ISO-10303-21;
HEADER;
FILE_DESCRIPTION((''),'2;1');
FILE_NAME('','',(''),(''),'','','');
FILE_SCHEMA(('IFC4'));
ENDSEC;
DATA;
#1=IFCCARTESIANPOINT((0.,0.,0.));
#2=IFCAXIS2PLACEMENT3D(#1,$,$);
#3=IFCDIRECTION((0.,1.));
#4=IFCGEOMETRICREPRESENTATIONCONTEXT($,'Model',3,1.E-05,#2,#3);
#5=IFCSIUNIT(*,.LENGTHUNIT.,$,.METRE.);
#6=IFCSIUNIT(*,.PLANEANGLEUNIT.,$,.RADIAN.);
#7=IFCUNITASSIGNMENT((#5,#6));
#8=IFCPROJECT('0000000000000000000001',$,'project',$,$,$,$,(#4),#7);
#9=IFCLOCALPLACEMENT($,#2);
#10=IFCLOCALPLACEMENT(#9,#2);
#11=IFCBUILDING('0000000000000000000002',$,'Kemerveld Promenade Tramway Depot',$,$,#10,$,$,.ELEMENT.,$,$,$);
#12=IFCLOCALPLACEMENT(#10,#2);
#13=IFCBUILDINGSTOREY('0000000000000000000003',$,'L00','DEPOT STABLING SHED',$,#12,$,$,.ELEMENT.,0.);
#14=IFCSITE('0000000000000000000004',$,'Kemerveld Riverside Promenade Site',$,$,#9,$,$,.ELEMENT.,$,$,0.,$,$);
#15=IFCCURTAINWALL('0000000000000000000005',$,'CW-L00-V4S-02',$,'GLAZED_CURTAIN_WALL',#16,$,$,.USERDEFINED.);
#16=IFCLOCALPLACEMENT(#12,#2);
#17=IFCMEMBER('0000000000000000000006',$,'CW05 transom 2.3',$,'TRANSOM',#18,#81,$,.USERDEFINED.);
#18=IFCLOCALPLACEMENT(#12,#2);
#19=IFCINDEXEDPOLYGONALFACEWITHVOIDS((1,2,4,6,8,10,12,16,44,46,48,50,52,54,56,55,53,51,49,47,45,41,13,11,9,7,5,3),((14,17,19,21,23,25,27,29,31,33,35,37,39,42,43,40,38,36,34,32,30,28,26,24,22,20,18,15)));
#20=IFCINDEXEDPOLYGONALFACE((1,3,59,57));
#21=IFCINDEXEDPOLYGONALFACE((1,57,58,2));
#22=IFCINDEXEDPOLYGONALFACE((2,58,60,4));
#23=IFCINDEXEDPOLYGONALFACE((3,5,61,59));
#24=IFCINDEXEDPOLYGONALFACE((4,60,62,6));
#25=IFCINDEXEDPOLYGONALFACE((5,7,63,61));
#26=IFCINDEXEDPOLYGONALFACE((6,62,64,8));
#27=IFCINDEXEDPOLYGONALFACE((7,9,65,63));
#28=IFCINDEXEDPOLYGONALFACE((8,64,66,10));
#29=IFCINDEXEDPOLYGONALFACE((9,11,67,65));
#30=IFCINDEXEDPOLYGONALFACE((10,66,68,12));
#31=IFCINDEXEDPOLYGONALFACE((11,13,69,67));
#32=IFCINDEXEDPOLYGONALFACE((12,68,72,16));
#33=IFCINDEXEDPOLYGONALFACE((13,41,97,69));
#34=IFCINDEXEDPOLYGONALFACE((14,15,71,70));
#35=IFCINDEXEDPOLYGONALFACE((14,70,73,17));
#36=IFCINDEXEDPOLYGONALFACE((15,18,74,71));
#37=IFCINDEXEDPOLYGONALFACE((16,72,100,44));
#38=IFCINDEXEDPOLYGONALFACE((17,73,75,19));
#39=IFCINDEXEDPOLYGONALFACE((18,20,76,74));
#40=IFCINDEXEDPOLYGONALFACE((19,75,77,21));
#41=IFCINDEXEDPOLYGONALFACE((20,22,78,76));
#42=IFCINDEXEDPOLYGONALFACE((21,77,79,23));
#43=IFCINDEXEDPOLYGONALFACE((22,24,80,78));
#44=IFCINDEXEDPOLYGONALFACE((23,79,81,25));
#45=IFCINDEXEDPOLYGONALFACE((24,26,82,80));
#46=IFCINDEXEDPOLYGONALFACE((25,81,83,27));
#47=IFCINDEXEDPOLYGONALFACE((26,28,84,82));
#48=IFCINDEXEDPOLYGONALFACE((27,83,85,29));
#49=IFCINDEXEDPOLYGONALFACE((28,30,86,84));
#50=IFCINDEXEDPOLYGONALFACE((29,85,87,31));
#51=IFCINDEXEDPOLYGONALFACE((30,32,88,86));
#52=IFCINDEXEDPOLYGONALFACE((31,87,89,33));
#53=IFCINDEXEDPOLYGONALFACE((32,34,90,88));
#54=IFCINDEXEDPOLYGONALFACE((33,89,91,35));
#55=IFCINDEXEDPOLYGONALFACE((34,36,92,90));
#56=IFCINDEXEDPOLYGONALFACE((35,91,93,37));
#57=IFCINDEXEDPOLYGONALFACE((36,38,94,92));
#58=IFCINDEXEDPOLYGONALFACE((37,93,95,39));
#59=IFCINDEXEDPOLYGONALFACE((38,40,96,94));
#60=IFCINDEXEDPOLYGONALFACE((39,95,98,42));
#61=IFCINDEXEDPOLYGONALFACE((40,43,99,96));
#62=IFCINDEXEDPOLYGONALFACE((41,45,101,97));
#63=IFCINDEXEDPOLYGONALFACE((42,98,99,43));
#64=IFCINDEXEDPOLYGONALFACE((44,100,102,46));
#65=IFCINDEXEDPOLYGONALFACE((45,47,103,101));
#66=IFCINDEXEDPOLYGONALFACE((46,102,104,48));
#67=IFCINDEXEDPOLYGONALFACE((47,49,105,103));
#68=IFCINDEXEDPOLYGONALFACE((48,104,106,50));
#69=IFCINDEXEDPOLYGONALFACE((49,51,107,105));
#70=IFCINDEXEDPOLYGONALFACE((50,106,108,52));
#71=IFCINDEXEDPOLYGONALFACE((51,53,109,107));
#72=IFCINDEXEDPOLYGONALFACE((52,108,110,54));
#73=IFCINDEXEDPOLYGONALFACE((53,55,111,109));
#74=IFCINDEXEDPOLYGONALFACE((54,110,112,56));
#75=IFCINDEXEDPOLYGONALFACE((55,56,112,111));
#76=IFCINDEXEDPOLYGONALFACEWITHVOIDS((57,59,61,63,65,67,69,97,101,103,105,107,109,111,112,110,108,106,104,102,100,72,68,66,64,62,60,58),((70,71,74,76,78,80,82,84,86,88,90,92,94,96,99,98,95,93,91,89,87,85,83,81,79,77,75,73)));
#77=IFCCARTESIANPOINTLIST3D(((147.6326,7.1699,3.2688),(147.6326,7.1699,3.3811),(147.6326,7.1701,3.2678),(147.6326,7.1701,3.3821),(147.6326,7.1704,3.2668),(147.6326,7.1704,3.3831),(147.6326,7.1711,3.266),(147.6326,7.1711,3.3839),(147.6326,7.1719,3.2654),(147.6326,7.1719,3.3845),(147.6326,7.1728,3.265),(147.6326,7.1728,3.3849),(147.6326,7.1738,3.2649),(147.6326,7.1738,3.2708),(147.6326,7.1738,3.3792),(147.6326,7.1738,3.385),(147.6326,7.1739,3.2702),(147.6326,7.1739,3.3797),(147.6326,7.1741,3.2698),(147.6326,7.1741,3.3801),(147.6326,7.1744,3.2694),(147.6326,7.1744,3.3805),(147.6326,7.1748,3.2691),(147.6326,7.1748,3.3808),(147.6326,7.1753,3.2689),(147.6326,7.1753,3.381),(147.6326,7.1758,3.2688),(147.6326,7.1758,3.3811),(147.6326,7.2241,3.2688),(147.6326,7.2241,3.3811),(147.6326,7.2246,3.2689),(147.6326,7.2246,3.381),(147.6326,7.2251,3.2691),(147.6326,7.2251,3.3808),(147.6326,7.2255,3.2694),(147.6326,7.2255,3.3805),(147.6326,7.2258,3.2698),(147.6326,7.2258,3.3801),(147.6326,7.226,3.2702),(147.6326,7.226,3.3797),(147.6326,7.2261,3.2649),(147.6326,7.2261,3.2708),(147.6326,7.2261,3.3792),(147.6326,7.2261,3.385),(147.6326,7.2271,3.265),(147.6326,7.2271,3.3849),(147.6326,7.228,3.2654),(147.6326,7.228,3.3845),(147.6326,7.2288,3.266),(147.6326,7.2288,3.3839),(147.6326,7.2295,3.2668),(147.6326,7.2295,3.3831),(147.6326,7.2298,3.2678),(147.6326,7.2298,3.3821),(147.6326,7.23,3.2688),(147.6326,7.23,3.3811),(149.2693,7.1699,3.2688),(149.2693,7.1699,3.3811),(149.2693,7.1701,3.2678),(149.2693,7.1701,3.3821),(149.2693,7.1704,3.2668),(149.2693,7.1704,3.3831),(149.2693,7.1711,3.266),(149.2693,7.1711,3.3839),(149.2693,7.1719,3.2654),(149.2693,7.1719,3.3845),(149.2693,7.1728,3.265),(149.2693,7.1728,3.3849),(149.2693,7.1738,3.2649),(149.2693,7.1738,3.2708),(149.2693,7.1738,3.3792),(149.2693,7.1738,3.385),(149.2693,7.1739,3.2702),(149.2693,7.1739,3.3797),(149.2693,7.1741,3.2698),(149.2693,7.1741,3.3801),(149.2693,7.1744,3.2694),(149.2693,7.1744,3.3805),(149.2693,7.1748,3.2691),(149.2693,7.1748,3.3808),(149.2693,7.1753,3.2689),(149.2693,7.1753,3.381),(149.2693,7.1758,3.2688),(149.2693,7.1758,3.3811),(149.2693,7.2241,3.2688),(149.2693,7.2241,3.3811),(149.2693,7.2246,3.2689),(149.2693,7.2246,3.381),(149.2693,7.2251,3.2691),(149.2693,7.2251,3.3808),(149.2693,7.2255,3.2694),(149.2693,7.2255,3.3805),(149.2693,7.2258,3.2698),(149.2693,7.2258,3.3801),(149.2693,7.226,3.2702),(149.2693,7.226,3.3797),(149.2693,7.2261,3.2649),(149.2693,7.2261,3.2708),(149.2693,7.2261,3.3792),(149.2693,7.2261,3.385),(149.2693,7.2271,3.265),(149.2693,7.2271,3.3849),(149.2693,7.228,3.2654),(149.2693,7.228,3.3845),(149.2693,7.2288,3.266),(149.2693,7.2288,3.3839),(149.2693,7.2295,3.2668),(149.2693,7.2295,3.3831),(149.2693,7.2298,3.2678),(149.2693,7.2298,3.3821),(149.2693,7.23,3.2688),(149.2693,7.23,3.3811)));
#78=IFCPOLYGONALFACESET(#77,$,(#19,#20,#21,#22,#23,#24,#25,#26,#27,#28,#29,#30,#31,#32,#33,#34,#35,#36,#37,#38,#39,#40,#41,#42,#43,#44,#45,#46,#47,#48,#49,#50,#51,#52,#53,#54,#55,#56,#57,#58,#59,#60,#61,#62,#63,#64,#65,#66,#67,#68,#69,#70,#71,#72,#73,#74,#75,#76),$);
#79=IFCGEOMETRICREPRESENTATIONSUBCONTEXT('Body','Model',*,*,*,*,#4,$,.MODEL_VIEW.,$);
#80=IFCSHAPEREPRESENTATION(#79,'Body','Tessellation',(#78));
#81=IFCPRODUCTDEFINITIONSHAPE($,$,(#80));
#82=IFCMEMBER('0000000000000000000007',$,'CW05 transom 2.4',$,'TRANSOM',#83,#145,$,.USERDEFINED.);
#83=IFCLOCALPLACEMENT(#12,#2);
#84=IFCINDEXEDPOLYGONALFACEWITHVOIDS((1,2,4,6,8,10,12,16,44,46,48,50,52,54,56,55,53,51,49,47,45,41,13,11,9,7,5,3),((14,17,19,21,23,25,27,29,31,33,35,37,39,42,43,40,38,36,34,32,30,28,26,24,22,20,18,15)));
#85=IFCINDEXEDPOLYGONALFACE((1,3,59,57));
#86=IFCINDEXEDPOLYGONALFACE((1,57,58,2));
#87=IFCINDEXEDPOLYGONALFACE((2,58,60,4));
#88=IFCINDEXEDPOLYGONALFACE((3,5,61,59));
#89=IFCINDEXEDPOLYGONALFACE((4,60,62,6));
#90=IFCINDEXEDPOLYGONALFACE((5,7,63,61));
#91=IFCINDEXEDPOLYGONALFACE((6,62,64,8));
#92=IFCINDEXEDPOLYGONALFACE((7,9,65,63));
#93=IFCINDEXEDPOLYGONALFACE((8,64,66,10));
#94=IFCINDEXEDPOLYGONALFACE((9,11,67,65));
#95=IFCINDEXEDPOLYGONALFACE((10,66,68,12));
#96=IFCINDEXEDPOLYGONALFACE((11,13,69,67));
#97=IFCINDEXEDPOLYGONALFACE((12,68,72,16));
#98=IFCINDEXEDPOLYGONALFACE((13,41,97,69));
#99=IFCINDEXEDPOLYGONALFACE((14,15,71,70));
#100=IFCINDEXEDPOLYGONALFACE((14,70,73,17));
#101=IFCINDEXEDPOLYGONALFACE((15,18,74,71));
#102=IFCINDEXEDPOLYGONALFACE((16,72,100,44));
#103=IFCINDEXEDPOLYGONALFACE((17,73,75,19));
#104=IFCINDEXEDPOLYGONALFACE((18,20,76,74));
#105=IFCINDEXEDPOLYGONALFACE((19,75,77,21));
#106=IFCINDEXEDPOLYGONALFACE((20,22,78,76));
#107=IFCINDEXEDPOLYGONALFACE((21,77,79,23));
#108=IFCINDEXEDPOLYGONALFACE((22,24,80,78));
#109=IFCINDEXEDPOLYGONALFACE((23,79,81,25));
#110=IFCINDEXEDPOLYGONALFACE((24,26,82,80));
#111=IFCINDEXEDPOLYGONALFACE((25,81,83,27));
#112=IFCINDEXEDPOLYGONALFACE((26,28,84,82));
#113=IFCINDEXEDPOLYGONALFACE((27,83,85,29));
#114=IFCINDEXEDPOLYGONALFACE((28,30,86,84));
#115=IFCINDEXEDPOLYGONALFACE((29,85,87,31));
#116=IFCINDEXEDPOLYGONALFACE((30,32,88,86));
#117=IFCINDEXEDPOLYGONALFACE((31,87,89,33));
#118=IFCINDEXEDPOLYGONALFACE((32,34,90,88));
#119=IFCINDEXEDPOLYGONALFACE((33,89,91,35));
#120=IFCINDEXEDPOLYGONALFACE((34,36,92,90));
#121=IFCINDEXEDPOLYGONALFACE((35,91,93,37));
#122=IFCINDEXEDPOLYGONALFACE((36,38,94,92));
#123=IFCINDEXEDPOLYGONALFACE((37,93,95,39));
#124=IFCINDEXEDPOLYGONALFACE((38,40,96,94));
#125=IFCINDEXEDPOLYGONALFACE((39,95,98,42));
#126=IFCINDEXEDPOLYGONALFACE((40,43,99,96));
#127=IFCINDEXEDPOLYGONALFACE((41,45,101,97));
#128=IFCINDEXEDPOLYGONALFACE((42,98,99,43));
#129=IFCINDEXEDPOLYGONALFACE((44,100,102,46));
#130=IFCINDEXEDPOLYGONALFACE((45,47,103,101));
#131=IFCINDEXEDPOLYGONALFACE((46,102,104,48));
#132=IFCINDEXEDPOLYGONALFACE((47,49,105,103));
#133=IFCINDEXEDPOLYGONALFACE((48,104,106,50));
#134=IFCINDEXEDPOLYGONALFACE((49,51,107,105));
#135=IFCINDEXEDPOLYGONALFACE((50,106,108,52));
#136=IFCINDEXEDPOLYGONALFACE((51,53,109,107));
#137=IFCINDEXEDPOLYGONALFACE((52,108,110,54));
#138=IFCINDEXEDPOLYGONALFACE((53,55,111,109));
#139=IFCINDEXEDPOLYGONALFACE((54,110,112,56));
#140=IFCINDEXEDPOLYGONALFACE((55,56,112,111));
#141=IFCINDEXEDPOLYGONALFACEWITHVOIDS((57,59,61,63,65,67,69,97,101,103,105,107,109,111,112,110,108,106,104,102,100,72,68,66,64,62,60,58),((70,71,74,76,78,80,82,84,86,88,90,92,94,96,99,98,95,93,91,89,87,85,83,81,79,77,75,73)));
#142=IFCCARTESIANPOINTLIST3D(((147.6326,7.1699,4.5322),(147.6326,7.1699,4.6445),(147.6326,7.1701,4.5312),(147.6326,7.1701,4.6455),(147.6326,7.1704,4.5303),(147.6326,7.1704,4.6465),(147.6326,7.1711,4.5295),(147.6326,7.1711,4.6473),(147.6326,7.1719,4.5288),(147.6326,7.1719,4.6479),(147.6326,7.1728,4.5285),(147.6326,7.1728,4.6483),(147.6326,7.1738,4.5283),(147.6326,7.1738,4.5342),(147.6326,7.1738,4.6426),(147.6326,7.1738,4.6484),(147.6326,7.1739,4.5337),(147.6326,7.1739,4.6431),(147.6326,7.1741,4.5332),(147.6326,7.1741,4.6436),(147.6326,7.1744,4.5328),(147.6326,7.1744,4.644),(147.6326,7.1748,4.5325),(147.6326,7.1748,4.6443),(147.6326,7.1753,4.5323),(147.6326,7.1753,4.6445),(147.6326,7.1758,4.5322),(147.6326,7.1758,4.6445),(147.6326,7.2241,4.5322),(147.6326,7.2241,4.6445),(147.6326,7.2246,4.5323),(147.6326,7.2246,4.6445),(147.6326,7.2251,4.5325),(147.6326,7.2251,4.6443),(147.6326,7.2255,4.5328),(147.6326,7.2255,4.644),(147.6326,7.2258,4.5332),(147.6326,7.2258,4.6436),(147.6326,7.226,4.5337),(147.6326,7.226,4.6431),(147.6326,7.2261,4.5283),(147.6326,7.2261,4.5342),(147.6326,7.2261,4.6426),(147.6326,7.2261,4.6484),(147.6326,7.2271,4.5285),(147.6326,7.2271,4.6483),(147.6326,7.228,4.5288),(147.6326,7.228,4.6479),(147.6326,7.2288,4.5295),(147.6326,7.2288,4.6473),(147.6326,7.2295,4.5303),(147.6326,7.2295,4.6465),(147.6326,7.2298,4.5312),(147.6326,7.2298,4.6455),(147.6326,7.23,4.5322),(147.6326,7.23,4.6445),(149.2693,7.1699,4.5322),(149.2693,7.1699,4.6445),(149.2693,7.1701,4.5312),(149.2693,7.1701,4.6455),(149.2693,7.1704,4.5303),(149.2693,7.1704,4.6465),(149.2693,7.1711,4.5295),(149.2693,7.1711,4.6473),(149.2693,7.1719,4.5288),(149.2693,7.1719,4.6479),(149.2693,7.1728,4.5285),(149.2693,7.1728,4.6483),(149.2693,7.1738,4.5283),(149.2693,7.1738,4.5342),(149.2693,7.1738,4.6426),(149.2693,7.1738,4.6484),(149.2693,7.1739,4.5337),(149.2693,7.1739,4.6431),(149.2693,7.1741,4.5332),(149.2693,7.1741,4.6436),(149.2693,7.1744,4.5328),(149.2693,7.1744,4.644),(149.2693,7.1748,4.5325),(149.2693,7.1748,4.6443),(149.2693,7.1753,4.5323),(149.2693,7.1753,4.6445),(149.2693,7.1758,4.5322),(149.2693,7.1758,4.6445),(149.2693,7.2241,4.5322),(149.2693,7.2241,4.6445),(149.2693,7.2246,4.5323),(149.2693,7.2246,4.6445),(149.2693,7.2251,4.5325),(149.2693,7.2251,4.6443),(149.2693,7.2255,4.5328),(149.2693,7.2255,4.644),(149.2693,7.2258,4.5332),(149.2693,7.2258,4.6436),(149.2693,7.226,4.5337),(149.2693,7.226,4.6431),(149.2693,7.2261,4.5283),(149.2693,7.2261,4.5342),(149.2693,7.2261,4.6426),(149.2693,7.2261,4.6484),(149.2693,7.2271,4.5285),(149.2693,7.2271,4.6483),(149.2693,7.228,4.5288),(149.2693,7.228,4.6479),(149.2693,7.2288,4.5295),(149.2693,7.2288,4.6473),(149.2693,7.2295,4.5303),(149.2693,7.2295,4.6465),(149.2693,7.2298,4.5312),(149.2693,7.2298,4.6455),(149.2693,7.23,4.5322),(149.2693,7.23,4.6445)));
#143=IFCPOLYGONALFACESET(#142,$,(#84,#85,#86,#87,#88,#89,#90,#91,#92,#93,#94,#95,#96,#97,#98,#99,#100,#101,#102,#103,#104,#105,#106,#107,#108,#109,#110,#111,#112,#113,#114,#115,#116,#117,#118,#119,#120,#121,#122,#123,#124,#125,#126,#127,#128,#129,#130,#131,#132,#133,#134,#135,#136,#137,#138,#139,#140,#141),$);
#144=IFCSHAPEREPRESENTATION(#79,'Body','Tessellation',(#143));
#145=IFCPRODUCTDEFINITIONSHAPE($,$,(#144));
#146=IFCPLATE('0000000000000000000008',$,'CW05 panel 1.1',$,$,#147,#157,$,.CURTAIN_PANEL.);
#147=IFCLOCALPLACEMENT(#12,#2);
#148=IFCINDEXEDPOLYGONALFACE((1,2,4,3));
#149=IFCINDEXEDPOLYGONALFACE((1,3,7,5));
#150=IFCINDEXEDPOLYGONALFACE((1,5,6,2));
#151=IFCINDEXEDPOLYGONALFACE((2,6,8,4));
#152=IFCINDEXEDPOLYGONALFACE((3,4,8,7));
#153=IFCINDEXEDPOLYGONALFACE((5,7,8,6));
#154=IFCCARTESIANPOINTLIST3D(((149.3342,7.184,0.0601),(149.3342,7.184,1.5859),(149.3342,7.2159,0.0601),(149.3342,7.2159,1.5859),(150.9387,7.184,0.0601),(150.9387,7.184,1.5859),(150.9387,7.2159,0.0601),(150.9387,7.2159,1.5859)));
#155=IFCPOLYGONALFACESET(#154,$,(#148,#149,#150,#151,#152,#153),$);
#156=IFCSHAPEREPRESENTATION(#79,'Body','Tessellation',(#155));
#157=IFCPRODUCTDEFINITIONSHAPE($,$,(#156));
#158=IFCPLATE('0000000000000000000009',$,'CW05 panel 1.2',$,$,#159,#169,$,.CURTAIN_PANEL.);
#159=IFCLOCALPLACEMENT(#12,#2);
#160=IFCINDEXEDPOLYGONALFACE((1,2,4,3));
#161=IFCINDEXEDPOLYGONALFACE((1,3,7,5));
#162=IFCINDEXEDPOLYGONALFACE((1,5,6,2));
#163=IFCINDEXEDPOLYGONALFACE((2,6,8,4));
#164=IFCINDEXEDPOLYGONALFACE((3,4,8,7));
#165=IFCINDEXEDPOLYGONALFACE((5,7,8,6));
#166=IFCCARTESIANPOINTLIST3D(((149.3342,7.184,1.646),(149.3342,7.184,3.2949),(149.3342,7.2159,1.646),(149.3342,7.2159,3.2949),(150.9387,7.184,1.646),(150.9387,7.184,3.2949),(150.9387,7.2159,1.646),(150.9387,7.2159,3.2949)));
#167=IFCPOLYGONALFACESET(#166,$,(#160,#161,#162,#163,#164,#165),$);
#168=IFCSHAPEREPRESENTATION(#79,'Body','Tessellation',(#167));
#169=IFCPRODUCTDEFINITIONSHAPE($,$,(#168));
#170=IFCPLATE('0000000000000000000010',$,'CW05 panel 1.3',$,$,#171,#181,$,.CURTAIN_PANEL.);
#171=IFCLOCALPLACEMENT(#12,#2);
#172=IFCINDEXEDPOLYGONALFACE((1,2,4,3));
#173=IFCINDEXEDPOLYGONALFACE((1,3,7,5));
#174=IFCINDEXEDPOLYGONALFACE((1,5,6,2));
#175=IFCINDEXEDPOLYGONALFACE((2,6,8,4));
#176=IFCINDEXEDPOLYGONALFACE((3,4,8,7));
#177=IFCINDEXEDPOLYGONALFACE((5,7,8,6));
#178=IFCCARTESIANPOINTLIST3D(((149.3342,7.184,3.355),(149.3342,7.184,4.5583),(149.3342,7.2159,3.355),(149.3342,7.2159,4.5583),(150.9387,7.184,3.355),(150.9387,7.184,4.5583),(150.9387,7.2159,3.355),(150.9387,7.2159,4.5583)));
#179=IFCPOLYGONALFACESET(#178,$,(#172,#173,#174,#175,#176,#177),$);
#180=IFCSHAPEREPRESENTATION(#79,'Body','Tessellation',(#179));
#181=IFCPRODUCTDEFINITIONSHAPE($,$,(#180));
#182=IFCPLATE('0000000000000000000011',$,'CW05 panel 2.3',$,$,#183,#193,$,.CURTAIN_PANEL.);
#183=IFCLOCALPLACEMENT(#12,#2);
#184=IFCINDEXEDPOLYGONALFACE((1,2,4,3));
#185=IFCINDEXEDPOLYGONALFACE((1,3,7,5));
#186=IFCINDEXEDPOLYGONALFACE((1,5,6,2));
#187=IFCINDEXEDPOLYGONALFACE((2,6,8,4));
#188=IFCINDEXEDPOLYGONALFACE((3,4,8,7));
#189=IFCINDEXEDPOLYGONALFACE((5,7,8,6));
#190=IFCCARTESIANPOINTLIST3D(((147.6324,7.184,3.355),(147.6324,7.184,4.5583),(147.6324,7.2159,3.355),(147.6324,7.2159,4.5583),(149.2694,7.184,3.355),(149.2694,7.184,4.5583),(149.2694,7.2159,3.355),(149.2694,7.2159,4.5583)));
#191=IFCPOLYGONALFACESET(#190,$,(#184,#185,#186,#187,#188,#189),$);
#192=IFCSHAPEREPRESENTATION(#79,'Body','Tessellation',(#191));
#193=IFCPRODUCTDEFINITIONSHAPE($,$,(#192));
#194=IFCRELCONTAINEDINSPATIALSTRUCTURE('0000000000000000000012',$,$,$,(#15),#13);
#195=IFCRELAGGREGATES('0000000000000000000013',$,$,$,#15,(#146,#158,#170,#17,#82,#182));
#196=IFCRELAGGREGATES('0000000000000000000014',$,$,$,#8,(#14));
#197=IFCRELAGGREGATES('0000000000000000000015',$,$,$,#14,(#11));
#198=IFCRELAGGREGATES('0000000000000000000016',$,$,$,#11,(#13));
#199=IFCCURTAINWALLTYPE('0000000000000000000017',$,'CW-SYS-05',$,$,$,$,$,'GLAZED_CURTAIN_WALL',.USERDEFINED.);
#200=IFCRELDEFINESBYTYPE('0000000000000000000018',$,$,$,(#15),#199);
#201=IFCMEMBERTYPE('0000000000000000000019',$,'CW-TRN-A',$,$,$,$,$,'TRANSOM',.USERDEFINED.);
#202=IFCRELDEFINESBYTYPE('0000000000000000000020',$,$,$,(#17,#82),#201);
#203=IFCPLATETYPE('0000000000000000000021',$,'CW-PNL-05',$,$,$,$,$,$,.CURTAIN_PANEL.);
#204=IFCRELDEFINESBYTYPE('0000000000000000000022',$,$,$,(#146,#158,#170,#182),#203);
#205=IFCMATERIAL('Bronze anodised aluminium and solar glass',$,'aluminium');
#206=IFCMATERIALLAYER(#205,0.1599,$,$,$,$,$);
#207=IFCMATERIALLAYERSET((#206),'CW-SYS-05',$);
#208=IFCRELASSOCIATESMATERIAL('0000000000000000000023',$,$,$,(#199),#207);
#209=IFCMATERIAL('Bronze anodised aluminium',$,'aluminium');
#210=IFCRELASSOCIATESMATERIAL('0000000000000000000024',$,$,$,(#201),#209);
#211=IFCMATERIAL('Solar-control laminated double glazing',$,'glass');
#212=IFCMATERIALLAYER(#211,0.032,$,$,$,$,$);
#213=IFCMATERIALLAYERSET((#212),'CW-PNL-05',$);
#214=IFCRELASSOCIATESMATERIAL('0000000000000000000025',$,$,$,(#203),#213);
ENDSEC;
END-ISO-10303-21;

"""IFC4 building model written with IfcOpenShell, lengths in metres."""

from ifc_helpers import new_model, si_unit, direction, frame, origin, origin_2d, place, context, subcontext, project, spatial, rectangle, hollow_rectangle, extrude, material, layer, layer_set, material_profile, profile_set, type_object, element, aggregate, save


model = new_model("IFC4")

# Units and contexts
model_context = context("Model", 3, precision=1e-05, world=origin(), true_north=direction((0.0, 1.0)))
body_context = subcontext(model_context, "Body", "Model", "MODEL_VIEW")
ifc_project = project(units=[si_unit("LENGTHUNIT", "METRE"), si_unit("PLANEANGLEUNIT", "RADIAN")], contexts=[model_context])

# Site, building, storey
site_placement = place(None, origin())
site = spatial("IfcSite", under=ifc_project, at=site_placement, Name="Kemerveld Riverside Promenade Site", CompositionType="ELEMENT", RefElevation=0.0)
building_placement = place(site_placement, origin())
building = spatial("IfcBuilding", under=site, at=building_placement, Name="Kemerveld Promenade Tramway Depot", CompositionType="ELEMENT")
storey_placement = place(building_placement, origin())
storey = spatial("IfcBuildingStorey", under=building, at=storey_placement, Name="L00", Description="DEPOT STABLING SHED", CompositionType="ELEMENT", Elevation=0.0)

# Curtain wall, members, plates
ifc_material_1 = material(Name="Bronze anodised aluminium and solar glass", Category="aluminium")
ifc_layer_1 = layer(ifc_material_1, 0.1599)
ifc_layer_set_1 = layer_set([ifc_layer_1], Name="CW-SYS-05")
curtain_wall_type = type_object("IfcCurtainWallType", Name="CW-SYS-05", ElementType="GLAZED_CURTAIN_WALL", PredefinedType="USERDEFINED", material=ifc_layer_set_1)
curtain_wall_placement = place(storey_placement, origin())
curtain_wall = element("IfcCurtainWall", 1, at=curtain_wall_placement, inside=storey, type_object=curtain_wall_type, Name="CW-L00-V4S-02", ObjectType="GLAZED_CURTAIN_WALL", PredefinedType="USERDEFINED")
ifc_material_2 = material(Name="Bronze anodised aluminium", Category="aluminium")
ifc_material_profile_1 = material_profile(ifc_material_2, hollow_rectangle(XDim=0.0601, YDim=0.1201, WallThickness=0.0039, InnerFilletRadius=0.002, OuterFilletRadius=0.0039, at=origin_2d()), Name="CW-TRN-120x60")
ifc_profile_set_1 = profile_set([ifc_material_profile_1], Name="Bronze anodised aluminium")
member_type_1 = type_object("IfcMemberType", Name="CW-TRN-A", ElementType="TRANSOM", PredefinedType="USERDEFINED", material=ifc_profile_set_1)
member_1_placement = place(storey_placement, frame((149.2693, 7.2, 3.325), z_axis=(-1.0, 0.0, 0.0), x_axis=(0.0, -1.0, 0.0)))
member_1 = element("IfcMember", 2, at=member_1_placement, type_object=member_type_1, Name="CW05 transom 2.3", ObjectType="TRANSOM", PredefinedType="USERDEFINED", context=body_context, shape_type="SweptSolid", body=[
    extrude(hollow_rectangle(XDim=0.0601, YDim=0.1201, WallThickness=0.0039, InnerFilletRadius=0.002, OuterFilletRadius=0.0039, at=origin_2d()), origin(), (0.0, 0.0, 1.0), 1.6367),
])
member_2_placement = place(storey_placement, frame((149.2693, 7.2, 4.5884), z_axis=(-1.0, 0.0, 0.0), x_axis=(0.0, -1.0, 0.0)))
member_2 = element("IfcMember", 3, at=member_2_placement, type_object=member_type_1, Name="CW05 transom 2.4", ObjectType="TRANSOM", PredefinedType="USERDEFINED", context=body_context, shape_type="SweptSolid", body=[
    extrude(hollow_rectangle(XDim=0.0601, YDim=0.1201, WallThickness=0.0039, InnerFilletRadius=0.002, OuterFilletRadius=0.0039, at=origin_2d()), origin(), (0.0, 0.0, 1.0), 1.6367),
])
ifc_material_3 = material(Name="Solar-control laminated double glazing", Category="glass")
ifc_layer_2 = layer(ifc_material_3, 0.032)
ifc_layer_set_2 = layer_set([ifc_layer_2], Name="CW-PNL-05")
plate_type_1 = type_object("IfcPlateType", Name="CW-PNL-05", PredefinedType="CURTAIN_PANEL", material=ifc_layer_set_2)
plate_1_placement = place(storey_placement, frame((150.1365, 7.2, 0.0601), z_axis=(0.0, 0.0, 1.0), x_axis=(-1.0, 0.0, 0.0)))
plate_1 = element("IfcPlate", 4, at=plate_1_placement, type_object=plate_type_1, Name="CW05 panel 1.1", PredefinedType="CURTAIN_PANEL", context=body_context, shape_type="SweptSolid", body=[
    extrude(rectangle(XDim=1.6045, YDim=0.032, at=origin_2d()), origin(), (0.0, 0.0, 1.0), 1.5259),
])
plate_2_placement = place(storey_placement, frame((150.1365, 7.2, 1.646), z_axis=(0.0, 0.0, 1.0), x_axis=(-1.0, 0.0, 0.0)))
plate_2 = element("IfcPlate", 5, at=plate_2_placement, type_object=plate_type_1, Name="CW05 panel 1.2", PredefinedType="CURTAIN_PANEL", context=body_context, shape_type="SweptSolid", body=[
    extrude(rectangle(XDim=1.6045, YDim=0.032, at=origin_2d()), origin(), (0.0, 0.0, 1.0), 1.6489),
])
plate_3_placement = place(storey_placement, frame((150.1365, 7.2, 3.355), z_axis=(0.0, 0.0, 1.0), x_axis=(-1.0, 0.0, 0.0)))
plate_3 = element("IfcPlate", 6, at=plate_3_placement, type_object=plate_type_1, Name="CW05 panel 1.3", PredefinedType="CURTAIN_PANEL", context=body_context, shape_type="SweptSolid", body=[
    extrude(rectangle(XDim=1.6045, YDim=0.032, at=origin_2d()), origin(), (0.0, 0.0, 1.0), 1.2034),
])
plate_4_placement = place(storey_placement, frame((148.4509, 7.2, 3.355), z_axis=(0.0, 0.0, 1.0), x_axis=(-1.0, 0.0, 0.0)))
plate_4 = element("IfcPlate", 7, at=plate_4_placement, type_object=plate_type_1, Name="CW05 panel 2.3", PredefinedType="CURTAIN_PANEL", context=body_context, shape_type="SweptSolid", body=[
    extrude(rectangle(XDim=1.637, YDim=0.032, at=origin_2d()), origin(), (0.0, 0.0, 1.0), 1.2034),
])
aggregate(curtain_wall, [plate_1, plate_2, plate_3, member_1, member_2, plate_4])

save(model, "model.ifc")
